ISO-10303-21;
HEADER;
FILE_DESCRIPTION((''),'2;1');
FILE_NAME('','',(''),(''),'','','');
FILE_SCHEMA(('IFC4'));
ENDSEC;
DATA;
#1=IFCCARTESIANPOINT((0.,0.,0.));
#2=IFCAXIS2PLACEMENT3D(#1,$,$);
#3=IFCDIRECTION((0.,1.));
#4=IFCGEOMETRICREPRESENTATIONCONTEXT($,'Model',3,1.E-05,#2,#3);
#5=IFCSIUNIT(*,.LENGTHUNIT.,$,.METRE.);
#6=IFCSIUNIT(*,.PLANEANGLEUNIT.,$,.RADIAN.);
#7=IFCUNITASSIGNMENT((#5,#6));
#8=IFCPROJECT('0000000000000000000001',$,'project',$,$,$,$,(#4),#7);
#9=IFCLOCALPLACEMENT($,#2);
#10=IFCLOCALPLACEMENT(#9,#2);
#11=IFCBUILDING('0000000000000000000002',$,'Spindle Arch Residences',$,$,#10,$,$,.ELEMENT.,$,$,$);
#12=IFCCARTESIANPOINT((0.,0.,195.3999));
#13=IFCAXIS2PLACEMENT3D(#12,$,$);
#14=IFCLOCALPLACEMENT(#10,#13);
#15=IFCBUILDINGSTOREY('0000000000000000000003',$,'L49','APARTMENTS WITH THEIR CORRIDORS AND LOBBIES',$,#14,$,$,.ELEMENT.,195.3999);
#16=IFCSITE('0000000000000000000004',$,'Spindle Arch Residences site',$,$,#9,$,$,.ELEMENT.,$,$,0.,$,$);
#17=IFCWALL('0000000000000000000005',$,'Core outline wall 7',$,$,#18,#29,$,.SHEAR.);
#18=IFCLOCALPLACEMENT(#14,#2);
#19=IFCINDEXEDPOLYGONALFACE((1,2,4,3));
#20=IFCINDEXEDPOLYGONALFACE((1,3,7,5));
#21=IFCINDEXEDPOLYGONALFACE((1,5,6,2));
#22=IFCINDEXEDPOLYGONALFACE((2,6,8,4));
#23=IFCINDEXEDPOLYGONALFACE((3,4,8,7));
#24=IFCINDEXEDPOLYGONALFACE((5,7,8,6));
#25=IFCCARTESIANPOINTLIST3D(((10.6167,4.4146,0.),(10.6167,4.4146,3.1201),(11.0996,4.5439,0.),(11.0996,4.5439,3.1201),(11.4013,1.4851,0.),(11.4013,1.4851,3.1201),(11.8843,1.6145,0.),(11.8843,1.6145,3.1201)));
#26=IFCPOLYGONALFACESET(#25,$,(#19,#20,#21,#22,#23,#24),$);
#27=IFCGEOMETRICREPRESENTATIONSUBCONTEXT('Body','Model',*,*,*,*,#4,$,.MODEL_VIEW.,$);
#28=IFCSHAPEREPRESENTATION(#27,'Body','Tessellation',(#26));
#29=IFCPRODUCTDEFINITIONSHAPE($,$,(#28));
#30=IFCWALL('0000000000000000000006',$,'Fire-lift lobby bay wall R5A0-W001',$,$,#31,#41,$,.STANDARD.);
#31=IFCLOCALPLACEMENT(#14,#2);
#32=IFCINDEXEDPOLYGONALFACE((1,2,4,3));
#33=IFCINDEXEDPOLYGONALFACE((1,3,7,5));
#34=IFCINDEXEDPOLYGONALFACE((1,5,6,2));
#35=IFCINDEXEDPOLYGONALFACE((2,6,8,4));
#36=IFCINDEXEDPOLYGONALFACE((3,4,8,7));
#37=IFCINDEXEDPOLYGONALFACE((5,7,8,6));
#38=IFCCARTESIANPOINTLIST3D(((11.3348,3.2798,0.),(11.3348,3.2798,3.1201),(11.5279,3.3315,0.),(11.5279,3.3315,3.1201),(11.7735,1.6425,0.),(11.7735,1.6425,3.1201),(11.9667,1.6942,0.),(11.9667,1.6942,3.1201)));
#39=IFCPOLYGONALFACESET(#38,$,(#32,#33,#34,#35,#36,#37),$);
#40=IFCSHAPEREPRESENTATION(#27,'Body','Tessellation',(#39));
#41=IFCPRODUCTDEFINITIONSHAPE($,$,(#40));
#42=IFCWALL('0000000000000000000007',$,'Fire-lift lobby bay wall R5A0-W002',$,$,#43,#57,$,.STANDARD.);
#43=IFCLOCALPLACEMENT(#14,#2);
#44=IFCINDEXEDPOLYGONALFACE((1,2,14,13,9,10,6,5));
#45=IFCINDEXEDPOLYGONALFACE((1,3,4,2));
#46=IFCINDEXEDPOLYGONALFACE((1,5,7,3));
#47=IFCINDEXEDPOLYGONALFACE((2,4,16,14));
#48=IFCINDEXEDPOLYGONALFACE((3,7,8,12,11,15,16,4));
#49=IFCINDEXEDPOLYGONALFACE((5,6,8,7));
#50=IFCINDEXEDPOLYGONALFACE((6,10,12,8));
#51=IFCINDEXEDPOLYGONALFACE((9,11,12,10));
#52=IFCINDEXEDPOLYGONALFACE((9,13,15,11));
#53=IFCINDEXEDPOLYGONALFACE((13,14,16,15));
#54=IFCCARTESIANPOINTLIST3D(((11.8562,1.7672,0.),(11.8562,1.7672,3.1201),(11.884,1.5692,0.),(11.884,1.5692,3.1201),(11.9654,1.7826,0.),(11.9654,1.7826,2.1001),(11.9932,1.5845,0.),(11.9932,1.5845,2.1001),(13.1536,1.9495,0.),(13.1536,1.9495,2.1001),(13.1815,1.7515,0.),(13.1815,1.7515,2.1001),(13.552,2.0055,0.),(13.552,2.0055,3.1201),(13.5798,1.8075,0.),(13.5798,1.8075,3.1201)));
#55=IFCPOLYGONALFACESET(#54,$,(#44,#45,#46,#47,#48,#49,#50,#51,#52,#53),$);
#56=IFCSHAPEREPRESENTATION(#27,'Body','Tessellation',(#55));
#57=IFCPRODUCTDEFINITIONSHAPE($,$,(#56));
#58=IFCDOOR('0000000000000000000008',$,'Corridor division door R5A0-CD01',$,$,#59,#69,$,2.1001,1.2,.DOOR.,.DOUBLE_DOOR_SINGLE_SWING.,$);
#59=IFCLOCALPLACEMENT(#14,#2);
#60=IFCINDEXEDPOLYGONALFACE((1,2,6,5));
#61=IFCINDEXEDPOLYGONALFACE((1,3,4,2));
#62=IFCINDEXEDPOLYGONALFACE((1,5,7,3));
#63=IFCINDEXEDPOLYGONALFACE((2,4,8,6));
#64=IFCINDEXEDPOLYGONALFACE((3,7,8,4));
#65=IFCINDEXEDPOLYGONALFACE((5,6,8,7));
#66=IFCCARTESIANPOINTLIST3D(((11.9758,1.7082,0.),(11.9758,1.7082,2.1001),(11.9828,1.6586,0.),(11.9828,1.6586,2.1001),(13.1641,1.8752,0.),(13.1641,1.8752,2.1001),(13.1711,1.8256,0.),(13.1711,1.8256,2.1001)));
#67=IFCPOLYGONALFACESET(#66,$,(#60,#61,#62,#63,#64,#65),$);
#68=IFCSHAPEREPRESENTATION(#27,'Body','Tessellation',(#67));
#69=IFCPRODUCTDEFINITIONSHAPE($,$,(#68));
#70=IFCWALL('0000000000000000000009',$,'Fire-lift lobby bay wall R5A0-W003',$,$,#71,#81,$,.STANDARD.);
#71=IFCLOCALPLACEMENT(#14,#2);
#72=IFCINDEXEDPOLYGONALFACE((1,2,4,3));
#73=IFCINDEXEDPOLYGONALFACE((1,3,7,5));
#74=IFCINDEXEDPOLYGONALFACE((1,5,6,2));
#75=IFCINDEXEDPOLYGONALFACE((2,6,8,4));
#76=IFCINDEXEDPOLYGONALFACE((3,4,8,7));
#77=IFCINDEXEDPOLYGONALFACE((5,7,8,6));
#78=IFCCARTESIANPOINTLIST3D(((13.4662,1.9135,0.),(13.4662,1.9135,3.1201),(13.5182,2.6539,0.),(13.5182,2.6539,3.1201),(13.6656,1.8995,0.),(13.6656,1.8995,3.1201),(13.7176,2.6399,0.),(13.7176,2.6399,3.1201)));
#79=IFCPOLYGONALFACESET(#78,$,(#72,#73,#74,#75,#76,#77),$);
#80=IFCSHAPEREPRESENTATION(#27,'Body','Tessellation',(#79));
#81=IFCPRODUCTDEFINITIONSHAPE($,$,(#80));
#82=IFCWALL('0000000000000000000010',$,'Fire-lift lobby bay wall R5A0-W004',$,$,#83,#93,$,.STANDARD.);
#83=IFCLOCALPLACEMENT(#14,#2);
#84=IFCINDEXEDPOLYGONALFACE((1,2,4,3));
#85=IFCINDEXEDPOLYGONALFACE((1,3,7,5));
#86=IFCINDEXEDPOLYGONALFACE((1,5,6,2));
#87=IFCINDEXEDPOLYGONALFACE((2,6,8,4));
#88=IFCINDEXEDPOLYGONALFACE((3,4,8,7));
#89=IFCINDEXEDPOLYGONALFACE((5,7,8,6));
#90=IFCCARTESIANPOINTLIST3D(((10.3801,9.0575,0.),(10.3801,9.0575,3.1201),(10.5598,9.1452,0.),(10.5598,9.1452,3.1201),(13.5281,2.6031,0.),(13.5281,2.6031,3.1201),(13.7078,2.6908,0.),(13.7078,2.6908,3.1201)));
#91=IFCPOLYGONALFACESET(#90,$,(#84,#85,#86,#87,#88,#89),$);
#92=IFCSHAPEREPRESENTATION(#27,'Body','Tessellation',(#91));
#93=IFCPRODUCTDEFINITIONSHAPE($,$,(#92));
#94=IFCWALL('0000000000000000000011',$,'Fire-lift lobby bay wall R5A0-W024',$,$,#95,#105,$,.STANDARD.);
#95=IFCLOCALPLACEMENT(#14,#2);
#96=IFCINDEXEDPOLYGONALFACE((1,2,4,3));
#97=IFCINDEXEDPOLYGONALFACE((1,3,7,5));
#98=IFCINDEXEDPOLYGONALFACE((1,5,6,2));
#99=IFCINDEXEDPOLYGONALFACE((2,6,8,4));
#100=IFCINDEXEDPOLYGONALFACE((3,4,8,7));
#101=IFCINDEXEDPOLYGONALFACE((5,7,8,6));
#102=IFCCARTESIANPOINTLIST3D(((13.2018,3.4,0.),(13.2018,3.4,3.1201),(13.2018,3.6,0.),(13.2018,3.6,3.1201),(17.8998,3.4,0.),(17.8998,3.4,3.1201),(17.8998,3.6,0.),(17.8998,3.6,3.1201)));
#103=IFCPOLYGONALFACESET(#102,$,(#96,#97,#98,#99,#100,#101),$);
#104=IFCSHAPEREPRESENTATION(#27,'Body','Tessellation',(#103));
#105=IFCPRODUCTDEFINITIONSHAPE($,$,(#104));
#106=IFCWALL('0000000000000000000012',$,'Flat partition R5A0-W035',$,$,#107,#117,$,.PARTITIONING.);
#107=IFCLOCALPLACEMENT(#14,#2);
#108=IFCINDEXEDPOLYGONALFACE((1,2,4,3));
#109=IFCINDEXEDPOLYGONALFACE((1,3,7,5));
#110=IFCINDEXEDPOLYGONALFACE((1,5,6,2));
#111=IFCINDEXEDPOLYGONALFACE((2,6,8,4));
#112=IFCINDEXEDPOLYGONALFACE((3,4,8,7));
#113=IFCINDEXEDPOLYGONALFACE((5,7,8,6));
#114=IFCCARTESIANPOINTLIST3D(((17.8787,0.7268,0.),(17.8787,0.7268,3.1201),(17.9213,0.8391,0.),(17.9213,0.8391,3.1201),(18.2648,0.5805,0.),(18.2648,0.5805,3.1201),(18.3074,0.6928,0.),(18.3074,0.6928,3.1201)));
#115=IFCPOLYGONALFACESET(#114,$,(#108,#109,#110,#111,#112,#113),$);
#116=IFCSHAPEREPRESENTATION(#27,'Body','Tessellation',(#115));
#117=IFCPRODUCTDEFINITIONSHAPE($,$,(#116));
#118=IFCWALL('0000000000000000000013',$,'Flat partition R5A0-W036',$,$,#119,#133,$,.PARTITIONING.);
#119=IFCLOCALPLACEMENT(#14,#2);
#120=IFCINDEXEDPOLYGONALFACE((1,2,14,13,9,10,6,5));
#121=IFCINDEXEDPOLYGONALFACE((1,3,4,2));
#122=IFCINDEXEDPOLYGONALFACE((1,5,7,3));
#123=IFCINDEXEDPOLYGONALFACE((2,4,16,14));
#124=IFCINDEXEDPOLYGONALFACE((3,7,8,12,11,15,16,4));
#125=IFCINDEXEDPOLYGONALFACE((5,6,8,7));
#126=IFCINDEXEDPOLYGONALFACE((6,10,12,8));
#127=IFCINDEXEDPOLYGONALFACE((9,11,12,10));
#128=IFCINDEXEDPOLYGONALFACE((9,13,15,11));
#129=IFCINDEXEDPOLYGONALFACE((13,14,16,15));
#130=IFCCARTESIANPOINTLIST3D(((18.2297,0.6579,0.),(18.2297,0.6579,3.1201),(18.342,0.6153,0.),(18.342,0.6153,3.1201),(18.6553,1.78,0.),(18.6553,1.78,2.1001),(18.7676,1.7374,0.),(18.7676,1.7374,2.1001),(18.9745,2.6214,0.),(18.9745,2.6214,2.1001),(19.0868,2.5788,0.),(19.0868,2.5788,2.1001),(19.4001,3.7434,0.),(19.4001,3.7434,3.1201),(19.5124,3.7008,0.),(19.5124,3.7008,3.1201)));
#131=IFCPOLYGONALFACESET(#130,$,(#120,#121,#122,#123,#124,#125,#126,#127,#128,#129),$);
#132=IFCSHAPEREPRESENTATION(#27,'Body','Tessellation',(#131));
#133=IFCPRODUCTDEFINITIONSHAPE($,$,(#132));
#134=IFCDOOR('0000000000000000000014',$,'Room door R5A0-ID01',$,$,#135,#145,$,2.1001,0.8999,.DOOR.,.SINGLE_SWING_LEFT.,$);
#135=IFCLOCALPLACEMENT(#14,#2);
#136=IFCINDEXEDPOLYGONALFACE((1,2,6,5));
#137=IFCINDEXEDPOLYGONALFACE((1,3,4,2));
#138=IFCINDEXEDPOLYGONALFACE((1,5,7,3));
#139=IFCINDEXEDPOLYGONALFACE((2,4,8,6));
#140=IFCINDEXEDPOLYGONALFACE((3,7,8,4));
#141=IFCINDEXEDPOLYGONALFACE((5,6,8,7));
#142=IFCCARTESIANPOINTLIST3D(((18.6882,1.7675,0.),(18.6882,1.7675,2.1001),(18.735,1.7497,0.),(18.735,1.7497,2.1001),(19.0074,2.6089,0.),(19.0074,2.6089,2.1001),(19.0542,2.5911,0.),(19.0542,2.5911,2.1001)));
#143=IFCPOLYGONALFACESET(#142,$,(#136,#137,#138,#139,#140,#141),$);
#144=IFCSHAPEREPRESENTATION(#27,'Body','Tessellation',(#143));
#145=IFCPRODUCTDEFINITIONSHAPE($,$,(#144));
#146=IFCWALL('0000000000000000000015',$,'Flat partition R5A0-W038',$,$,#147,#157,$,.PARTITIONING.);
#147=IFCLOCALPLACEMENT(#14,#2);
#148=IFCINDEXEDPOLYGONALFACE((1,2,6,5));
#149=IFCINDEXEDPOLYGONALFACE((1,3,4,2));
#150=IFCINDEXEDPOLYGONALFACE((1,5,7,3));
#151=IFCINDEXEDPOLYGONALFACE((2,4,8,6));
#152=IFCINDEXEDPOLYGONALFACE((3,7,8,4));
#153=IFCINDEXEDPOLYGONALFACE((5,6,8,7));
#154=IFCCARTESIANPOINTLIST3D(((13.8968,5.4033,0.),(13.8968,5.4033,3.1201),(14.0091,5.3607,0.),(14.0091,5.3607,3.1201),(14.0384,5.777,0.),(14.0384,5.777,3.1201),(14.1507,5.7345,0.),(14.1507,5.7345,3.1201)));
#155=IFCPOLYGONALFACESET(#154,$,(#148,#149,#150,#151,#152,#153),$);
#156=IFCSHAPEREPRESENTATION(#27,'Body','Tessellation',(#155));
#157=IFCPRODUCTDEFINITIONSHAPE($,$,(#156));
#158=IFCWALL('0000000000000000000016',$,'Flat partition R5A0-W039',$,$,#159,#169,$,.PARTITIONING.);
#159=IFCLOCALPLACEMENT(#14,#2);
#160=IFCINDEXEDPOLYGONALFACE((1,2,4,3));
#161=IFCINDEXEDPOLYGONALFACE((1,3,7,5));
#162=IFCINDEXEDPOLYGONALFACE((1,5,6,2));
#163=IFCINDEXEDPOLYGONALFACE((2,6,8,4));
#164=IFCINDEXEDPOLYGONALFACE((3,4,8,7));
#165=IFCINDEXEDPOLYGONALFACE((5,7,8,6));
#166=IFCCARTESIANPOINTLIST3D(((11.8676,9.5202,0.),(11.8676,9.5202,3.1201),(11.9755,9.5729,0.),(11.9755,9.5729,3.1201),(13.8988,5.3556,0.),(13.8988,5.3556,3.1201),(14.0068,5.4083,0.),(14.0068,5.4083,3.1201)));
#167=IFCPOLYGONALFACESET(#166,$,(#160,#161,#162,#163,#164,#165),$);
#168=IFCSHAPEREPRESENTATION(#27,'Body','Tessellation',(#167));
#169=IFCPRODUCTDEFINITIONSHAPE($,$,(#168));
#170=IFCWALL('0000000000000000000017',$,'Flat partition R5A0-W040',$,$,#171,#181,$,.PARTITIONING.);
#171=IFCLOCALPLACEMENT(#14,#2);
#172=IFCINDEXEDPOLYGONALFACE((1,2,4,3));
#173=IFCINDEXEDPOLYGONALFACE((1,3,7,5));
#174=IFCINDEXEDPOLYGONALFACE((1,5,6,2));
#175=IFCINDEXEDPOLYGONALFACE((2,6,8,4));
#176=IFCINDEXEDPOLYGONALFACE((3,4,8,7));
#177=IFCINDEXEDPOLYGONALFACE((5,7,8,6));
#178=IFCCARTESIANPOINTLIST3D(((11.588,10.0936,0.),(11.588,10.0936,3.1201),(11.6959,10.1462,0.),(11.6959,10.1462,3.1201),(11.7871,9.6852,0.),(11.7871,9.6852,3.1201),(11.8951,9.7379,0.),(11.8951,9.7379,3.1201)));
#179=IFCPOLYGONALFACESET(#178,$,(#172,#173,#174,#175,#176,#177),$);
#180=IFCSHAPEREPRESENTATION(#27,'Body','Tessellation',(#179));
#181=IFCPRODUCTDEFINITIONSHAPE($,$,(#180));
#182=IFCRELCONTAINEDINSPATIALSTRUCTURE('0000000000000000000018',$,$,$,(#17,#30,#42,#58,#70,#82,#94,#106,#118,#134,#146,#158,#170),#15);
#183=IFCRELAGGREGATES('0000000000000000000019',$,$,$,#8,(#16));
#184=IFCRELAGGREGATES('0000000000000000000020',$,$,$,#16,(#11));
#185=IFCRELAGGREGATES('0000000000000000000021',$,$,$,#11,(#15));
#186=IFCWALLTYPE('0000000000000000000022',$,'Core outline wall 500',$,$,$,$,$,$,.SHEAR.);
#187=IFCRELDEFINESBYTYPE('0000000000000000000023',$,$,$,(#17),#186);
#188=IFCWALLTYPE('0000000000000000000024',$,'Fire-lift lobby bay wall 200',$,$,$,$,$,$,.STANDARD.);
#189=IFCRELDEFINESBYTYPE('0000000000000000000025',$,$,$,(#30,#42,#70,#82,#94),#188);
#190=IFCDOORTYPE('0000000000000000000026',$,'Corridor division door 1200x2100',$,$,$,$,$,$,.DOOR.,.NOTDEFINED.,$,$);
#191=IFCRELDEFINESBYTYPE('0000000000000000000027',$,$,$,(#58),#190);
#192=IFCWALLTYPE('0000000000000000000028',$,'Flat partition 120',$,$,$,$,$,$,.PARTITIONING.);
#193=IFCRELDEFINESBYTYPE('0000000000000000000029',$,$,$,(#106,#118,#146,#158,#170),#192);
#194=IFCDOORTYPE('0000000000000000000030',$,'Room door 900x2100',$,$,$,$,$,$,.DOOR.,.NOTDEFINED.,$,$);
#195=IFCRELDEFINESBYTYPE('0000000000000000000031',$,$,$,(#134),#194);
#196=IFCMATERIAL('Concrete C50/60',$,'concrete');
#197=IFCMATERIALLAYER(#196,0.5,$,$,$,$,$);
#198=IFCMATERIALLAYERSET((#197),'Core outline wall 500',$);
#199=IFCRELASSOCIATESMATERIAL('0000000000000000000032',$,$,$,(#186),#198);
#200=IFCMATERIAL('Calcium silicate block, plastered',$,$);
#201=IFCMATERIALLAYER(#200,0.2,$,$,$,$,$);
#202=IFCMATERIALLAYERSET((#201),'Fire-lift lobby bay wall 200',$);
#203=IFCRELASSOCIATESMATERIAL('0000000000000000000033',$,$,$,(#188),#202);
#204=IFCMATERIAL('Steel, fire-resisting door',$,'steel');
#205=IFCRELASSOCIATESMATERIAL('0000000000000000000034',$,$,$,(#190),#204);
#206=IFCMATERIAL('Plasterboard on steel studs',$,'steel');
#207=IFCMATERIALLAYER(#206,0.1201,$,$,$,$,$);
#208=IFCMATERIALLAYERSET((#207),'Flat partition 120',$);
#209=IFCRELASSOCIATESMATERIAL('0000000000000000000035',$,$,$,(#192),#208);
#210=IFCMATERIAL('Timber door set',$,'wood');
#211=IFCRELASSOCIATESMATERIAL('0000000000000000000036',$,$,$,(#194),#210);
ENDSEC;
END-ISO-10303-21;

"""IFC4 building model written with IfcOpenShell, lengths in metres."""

from ifc_helpers import new_model, si_unit, direction, frame, frame_2d, origin, place, context, subcontext, project, spatial, rectangle, extrude, material, layer, layer_set, type_object, element, fill, save


model = new_model("IFC4")

# Units and contexts
model_context = context("Model", 3, precision=1e-05, world=origin(), true_north=direction((0.0, 1.0)))
body_context = subcontext(model_context, "Body", "Model", "MODEL_VIEW")
ifc_project = project(units=[si_unit("LENGTHUNIT", "METRE"), si_unit("PLANEANGLEUNIT", "RADIAN")], contexts=[model_context])

# Site, building, storey
site_placement = place(None, origin())
site = spatial("IfcSite", under=ifc_project, at=site_placement, Name="Spindle Arch Residences site", CompositionType="ELEMENT", RefElevation=0.0)
building_placement = place(site_placement, origin())
building = spatial("IfcBuilding", under=site, at=building_placement, Name="Spindle Arch Residences", CompositionType="ELEMENT")
storey_placement = place(building_placement, frame((0.0, 0.0, 195.3999)))
storey = spatial("IfcBuildingStorey", under=building, at=storey_placement, Name="L49", Description="APARTMENTS WITH THEIR CORRIDORS AND LOBBIES", CompositionType="ELEMENT", Elevation=195.3999)

# Walls
ifc_material_1 = material(Name="Concrete C50/60", Category="concrete")
ifc_layer_1 = layer(ifc_material_1, 0.5)
ifc_layer_set_1 = layer_set([ifc_layer_1], Name="Core outline wall 500")
wall_type_1 = type_object("IfcWallType", Name="Core outline wall 500", PredefinedType="SHEAR", material=ifc_layer_set_1)
wall_1_placement = place(storey_placement, frame((11.6428, 1.5498, 0.0), z_axis=(0.0, 0.0, 1.0), x_axis=(-0.258735, 0.965948, 0.0)))
element("IfcWall", 1, at=wall_1_placement, inside=storey, type_object=wall_type_1, Name="Core outline wall 7", PredefinedType="SHEAR", context=body_context, shape_type="SweptSolid", body=[
    extrude(rectangle(XDim=3.0327, YDim=0.5, at=frame_2d((1.5164, 0.0))), origin(), (0.0, 0.0, 1.0), 3.1201),
])
ifc_material_2 = material(Name="Calcium silicate block, plastered")
ifc_layer_2 = layer(ifc_material_2, 0.2)
ifc_layer_set_2 = layer_set([ifc_layer_2], Name="Fire-lift lobby bay wall 200")
wall_type_2 = type_object("IfcWallType", Name="Fire-lift lobby bay wall 200", PredefinedType="STANDARD", material=ifc_layer_set_2)
wall_2_placement = place(storey_placement, frame((11.8701, 1.6682, 0.0), z_axis=(0.0, 0.0, 1.0), x_axis=(-0.258837, 0.965921, 0.0)))
element("IfcWall", 2, at=wall_2_placement, inside=storey, type_object=wall_type_2, Name="Fire-lift lobby bay wall R5A0-W001", PredefinedType="STANDARD", context=body_context, shape_type="SweptSolid", body=[
    extrude(rectangle(XDim=1.6951, YDim=0.2, at=frame_2d((0.8477, 0.0))), origin(), (0.0, 0.0, 1.0), 3.1201),
])

# Wall, opening, door
wall_3_placement = place(storey_placement, frame((11.8701, 1.6682, 0.0), z_axis=(0.0, 0.0, 1.0), x_axis=(0.990272, 0.139146, 0.0)))
wall_3 = element("IfcWall", 3, at=wall_3_placement, inside=storey, type_object=wall_type_2, Name="Fire-lift lobby bay wall R5A0-W002", PredefinedType="STANDARD", context=body_context, shape_type="SweptSolid", body=[
    extrude(rectangle(XDim=1.7124, YDim=0.2, at=frame_2d((0.8562, 0.0))), origin(), (0.0, 0.0, 1.0), 3.1201),
])
opening_1_placement = place(wall_3_placement, frame((0.1101, 0.0, 0.0)))
opening_1 = element("IfcOpeningElement", 4, at=opening_1_placement, cuts=wall_3, PredefinedType="OPENING", context=body_context, shape_type="SweptSolid", body=[
    extrude(rectangle(XDim=1.2, YDim=2.1001, at=frame_2d((0.6001, 1.05))), frame((0.0, 0.1099, 0.0), z_axis=(0.0, -1.0, 0.0), x_axis=(1.0, 0.0, 0.0)), (0.0, 0.0, 1.0), 0.22),
])
ifc_material_3 = material(Name="Steel, fire-resisting door", Category="steel")
door_type_1 = type_object("IfcDoorType", Name="Corridor division door 1200x2100", OperationType="NOTDEFINED", PredefinedType="DOOR", material=ifc_material_3)
door_1_placement = place(opening_1_placement, origin())
door_1 = element("IfcDoor", 5, at=door_1_placement, inside=storey, type_object=door_type_1, Name="Corridor division door R5A0-CD01", OperationType="DOUBLE_DOOR_SINGLE_SWING", OverallHeight=2.1001, OverallWidth=1.2, PredefinedType="DOOR", context=body_context, shape_type="SweptSolid", body=[
    extrude(rectangle(XDim=1.2, YDim=2.1001, at=frame_2d((0.6001, 1.05))), frame((0.0, 0.0249, 0.0), z_axis=(0.0, -1.0, 0.0), x_axis=(1.0, 0.0, 0.0)), (0.0, 0.0, 1.0), 0.05),
])
fill(opening_1, door_1)

# Walls
wall_4_placement = place(storey_placement, frame((13.5659, 1.9065, 0.0), z_axis=(0.0, 0.0, 1.0), x_axis=(0.070055, 0.997543, 0.0)))
element("IfcWall", 6, at=wall_4_placement, inside=storey, type_object=wall_type_2, Name="Fire-lift lobby bay wall R5A0-W003", PredefinedType="STANDARD", context=body_context, shape_type="SweptSolid", body=[
    extrude(rectangle(XDim=0.7422, YDim=0.2, at=frame_2d((0.3711, 0.0))), origin(), (0.0, 0.0, 1.0), 3.1201),
])
wall_5_placement = place(storey_placement, frame((13.6179, 2.647, 0.0), z_axis=(0.0, 0.0, 1.0), x_axis=(-0.438366, 0.898797, 0.0)))
element("IfcWall", 7, at=wall_5_placement, inside=storey, type_object=wall_type_2, Name="Fire-lift lobby bay wall R5A0-W004", PredefinedType="STANDARD", context=body_context, shape_type="SweptSolid", body=[
    extrude(rectangle(XDim=7.1812, YDim=0.2, at=frame_2d((3.5906, 0.0))), origin(), (0.0, 0.0, 1.0), 3.1201),
])
wall_6_placement = place(storey_placement, frame((17.8999, 3.5, 0.0), z_axis=(0.0, 0.0, 1.0), x_axis=(-1.0, 0.0, 0.0)))
element("IfcWall", 8, at=wall_6_placement, inside=storey, type_object=wall_type_2, Name="Fire-lift lobby bay wall R5A0-W024", PredefinedType="STANDARD", context=body_context, shape_type="SweptSolid", body=[
    extrude(rectangle(XDim=4.698, YDim=0.2, at=frame_2d((2.3491, 0.0))), origin(), (0.0, 0.0, 1.0), 3.1201),
])
ifc_material_4 = material(Name="Plasterboard on steel studs", Category="steel")
ifc_layer_3 = layer(ifc_material_4, 0.1201)
ifc_layer_set_3 = layer_set([ifc_layer_3], Name="Flat partition 120")
wall_type_3 = type_object("IfcWallType", Name="Flat partition 120", PredefinedType="PARTITIONING", material=ifc_layer_set_3)
wall_7_placement = place(storey_placement, frame((17.8999, 0.783, 0.0), z_axis=(0.0, 0.0, 1.0), x_axis=(0.935133, -0.354298, 0.0)))
element("IfcWall", 9, at=wall_7_placement, inside=storey, type_object=wall_type_3, Name="Flat partition R5A0-W035", PredefinedType="PARTITIONING", context=body_context, shape_type="SweptSolid", body=[
    extrude(rectangle(XDim=0.4128, YDim=0.1201, at=frame_2d((0.2065, 0.0))), origin(), (0.0, 0.0, 1.0), 3.1201),
])

# Wall, opening, door
wall_8_placement = place(storey_placement, frame((18.2859, 0.6367, 0.0), z_axis=(0.0, 0.0, 1.0), x_axis=(0.354672, 0.934991, 0.0)))
wall_8 = element("IfcWall", 10, at=wall_8_placement, inside=storey, type_object=wall_type_3, Name="Flat partition R5A0-W036", PredefinedType="PARTITIONING", context=body_context, shape_type="SweptSolid", body=[
    extrude(rectangle(XDim=3.3, YDim=0.1201, at=frame_2d((1.6499, 0.0))), origin(), (0.0, 0.0, 1.0), 3.1201),
])
opening_2_placement = place(wall_8_placement, frame((1.2, 0.0, 0.0)))
opening_2 = element("IfcOpeningElement", 11, at=opening_2_placement, cuts=wall_8, PredefinedType="OPENING", context=body_context, shape_type="SweptSolid", body=[
    extrude(rectangle(XDim=0.8999, YDim=2.1001, at=frame_2d((0.45, 1.05))), frame((0.0, 0.0701, 0.0), z_axis=(0.0, -1.0, 0.0), x_axis=(1.0, 0.0, 0.0)), (0.0, 0.0, 1.0), 0.1401),
])
ifc_material_5 = material(Name="Timber door set", Category="wood")
door_type_2 = type_object("IfcDoorType", Name="Room door 900x2100", OperationType="NOTDEFINED", PredefinedType="DOOR", material=ifc_material_5)
door_2_placement = place(opening_2_placement, origin())
door_2 = element("IfcDoor", 12, at=door_2_placement, inside=storey, type_object=door_type_2, Name="Room door R5A0-ID01", OperationType="SINGLE_SWING_LEFT", OverallHeight=2.1001, OverallWidth=0.8999, PredefinedType="DOOR", context=body_context, shape_type="SweptSolid", body=[
    extrude(rectangle(XDim=0.8999, YDim=2.1001, at=frame_2d((0.45, 1.05))), frame((0.0, 0.0249, 0.0), z_axis=(0.0, -1.0, 0.0), x_axis=(1.0, 0.0, 0.0)), (0.0, 0.0, 1.0), 0.05),
])
fill(opening_2, door_2)

# Walls
wall_9_placement = place(storey_placement, frame((14.0945, 5.7556, 0.0), z_axis=(0.0, 0.0, 1.0), x_axis=(-0.354268, -0.935144, 0.0)))
element("IfcWall", 13, at=wall_9_placement, inside=storey, type_object=wall_type_3, Name="Flat partition R5A0-W038", PredefinedType="PARTITIONING", context=body_context, shape_type="SweptSolid", body=[
    extrude(rectangle(XDim=0.3997, YDim=0.1201, at=frame_2d((0.1997, 0.0))), origin(), (0.0, 0.0, 1.0), 3.1201),
])
wall_10_placement = place(storey_placement, frame((13.9529, 5.3818, 0.0), z_axis=(0.0, 0.0, 1.0), x_axis=(-0.438382, 0.898789, 0.0)))
element("IfcWall", 14, at=wall_10_placement, inside=storey, type_object=wall_type_3, Name="Flat partition R5A0-W039", PredefinedType="PARTITIONING", context=body_context, shape_type="SweptSolid", body=[
    extrude(rectangle(XDim=4.6335, YDim=0.1201, at=frame_2d((2.3169, 0.0))), origin(), (0.0, 0.0, 1.0), 3.1201),
])
wall_11_placement = place(storey_placement, frame((11.8411, 9.7117, 0.0), z_axis=(0.0, 0.0, 1.0), x_axis=(-0.438381, 0.898789, 0.0)))
element("IfcWall", 15, at=wall_11_placement, inside=storey, type_object=wall_type_3, Name="Flat partition R5A0-W040", PredefinedType="PARTITIONING", context=body_context, shape_type="SweptSolid", body=[
    extrude(rectangle(XDim=0.4543, YDim=0.1201, at=frame_2d((0.2271, 0.0))), origin(), (0.0, 0.0, 1.0), 3.1201),
])

save(model, "model.ifc")
